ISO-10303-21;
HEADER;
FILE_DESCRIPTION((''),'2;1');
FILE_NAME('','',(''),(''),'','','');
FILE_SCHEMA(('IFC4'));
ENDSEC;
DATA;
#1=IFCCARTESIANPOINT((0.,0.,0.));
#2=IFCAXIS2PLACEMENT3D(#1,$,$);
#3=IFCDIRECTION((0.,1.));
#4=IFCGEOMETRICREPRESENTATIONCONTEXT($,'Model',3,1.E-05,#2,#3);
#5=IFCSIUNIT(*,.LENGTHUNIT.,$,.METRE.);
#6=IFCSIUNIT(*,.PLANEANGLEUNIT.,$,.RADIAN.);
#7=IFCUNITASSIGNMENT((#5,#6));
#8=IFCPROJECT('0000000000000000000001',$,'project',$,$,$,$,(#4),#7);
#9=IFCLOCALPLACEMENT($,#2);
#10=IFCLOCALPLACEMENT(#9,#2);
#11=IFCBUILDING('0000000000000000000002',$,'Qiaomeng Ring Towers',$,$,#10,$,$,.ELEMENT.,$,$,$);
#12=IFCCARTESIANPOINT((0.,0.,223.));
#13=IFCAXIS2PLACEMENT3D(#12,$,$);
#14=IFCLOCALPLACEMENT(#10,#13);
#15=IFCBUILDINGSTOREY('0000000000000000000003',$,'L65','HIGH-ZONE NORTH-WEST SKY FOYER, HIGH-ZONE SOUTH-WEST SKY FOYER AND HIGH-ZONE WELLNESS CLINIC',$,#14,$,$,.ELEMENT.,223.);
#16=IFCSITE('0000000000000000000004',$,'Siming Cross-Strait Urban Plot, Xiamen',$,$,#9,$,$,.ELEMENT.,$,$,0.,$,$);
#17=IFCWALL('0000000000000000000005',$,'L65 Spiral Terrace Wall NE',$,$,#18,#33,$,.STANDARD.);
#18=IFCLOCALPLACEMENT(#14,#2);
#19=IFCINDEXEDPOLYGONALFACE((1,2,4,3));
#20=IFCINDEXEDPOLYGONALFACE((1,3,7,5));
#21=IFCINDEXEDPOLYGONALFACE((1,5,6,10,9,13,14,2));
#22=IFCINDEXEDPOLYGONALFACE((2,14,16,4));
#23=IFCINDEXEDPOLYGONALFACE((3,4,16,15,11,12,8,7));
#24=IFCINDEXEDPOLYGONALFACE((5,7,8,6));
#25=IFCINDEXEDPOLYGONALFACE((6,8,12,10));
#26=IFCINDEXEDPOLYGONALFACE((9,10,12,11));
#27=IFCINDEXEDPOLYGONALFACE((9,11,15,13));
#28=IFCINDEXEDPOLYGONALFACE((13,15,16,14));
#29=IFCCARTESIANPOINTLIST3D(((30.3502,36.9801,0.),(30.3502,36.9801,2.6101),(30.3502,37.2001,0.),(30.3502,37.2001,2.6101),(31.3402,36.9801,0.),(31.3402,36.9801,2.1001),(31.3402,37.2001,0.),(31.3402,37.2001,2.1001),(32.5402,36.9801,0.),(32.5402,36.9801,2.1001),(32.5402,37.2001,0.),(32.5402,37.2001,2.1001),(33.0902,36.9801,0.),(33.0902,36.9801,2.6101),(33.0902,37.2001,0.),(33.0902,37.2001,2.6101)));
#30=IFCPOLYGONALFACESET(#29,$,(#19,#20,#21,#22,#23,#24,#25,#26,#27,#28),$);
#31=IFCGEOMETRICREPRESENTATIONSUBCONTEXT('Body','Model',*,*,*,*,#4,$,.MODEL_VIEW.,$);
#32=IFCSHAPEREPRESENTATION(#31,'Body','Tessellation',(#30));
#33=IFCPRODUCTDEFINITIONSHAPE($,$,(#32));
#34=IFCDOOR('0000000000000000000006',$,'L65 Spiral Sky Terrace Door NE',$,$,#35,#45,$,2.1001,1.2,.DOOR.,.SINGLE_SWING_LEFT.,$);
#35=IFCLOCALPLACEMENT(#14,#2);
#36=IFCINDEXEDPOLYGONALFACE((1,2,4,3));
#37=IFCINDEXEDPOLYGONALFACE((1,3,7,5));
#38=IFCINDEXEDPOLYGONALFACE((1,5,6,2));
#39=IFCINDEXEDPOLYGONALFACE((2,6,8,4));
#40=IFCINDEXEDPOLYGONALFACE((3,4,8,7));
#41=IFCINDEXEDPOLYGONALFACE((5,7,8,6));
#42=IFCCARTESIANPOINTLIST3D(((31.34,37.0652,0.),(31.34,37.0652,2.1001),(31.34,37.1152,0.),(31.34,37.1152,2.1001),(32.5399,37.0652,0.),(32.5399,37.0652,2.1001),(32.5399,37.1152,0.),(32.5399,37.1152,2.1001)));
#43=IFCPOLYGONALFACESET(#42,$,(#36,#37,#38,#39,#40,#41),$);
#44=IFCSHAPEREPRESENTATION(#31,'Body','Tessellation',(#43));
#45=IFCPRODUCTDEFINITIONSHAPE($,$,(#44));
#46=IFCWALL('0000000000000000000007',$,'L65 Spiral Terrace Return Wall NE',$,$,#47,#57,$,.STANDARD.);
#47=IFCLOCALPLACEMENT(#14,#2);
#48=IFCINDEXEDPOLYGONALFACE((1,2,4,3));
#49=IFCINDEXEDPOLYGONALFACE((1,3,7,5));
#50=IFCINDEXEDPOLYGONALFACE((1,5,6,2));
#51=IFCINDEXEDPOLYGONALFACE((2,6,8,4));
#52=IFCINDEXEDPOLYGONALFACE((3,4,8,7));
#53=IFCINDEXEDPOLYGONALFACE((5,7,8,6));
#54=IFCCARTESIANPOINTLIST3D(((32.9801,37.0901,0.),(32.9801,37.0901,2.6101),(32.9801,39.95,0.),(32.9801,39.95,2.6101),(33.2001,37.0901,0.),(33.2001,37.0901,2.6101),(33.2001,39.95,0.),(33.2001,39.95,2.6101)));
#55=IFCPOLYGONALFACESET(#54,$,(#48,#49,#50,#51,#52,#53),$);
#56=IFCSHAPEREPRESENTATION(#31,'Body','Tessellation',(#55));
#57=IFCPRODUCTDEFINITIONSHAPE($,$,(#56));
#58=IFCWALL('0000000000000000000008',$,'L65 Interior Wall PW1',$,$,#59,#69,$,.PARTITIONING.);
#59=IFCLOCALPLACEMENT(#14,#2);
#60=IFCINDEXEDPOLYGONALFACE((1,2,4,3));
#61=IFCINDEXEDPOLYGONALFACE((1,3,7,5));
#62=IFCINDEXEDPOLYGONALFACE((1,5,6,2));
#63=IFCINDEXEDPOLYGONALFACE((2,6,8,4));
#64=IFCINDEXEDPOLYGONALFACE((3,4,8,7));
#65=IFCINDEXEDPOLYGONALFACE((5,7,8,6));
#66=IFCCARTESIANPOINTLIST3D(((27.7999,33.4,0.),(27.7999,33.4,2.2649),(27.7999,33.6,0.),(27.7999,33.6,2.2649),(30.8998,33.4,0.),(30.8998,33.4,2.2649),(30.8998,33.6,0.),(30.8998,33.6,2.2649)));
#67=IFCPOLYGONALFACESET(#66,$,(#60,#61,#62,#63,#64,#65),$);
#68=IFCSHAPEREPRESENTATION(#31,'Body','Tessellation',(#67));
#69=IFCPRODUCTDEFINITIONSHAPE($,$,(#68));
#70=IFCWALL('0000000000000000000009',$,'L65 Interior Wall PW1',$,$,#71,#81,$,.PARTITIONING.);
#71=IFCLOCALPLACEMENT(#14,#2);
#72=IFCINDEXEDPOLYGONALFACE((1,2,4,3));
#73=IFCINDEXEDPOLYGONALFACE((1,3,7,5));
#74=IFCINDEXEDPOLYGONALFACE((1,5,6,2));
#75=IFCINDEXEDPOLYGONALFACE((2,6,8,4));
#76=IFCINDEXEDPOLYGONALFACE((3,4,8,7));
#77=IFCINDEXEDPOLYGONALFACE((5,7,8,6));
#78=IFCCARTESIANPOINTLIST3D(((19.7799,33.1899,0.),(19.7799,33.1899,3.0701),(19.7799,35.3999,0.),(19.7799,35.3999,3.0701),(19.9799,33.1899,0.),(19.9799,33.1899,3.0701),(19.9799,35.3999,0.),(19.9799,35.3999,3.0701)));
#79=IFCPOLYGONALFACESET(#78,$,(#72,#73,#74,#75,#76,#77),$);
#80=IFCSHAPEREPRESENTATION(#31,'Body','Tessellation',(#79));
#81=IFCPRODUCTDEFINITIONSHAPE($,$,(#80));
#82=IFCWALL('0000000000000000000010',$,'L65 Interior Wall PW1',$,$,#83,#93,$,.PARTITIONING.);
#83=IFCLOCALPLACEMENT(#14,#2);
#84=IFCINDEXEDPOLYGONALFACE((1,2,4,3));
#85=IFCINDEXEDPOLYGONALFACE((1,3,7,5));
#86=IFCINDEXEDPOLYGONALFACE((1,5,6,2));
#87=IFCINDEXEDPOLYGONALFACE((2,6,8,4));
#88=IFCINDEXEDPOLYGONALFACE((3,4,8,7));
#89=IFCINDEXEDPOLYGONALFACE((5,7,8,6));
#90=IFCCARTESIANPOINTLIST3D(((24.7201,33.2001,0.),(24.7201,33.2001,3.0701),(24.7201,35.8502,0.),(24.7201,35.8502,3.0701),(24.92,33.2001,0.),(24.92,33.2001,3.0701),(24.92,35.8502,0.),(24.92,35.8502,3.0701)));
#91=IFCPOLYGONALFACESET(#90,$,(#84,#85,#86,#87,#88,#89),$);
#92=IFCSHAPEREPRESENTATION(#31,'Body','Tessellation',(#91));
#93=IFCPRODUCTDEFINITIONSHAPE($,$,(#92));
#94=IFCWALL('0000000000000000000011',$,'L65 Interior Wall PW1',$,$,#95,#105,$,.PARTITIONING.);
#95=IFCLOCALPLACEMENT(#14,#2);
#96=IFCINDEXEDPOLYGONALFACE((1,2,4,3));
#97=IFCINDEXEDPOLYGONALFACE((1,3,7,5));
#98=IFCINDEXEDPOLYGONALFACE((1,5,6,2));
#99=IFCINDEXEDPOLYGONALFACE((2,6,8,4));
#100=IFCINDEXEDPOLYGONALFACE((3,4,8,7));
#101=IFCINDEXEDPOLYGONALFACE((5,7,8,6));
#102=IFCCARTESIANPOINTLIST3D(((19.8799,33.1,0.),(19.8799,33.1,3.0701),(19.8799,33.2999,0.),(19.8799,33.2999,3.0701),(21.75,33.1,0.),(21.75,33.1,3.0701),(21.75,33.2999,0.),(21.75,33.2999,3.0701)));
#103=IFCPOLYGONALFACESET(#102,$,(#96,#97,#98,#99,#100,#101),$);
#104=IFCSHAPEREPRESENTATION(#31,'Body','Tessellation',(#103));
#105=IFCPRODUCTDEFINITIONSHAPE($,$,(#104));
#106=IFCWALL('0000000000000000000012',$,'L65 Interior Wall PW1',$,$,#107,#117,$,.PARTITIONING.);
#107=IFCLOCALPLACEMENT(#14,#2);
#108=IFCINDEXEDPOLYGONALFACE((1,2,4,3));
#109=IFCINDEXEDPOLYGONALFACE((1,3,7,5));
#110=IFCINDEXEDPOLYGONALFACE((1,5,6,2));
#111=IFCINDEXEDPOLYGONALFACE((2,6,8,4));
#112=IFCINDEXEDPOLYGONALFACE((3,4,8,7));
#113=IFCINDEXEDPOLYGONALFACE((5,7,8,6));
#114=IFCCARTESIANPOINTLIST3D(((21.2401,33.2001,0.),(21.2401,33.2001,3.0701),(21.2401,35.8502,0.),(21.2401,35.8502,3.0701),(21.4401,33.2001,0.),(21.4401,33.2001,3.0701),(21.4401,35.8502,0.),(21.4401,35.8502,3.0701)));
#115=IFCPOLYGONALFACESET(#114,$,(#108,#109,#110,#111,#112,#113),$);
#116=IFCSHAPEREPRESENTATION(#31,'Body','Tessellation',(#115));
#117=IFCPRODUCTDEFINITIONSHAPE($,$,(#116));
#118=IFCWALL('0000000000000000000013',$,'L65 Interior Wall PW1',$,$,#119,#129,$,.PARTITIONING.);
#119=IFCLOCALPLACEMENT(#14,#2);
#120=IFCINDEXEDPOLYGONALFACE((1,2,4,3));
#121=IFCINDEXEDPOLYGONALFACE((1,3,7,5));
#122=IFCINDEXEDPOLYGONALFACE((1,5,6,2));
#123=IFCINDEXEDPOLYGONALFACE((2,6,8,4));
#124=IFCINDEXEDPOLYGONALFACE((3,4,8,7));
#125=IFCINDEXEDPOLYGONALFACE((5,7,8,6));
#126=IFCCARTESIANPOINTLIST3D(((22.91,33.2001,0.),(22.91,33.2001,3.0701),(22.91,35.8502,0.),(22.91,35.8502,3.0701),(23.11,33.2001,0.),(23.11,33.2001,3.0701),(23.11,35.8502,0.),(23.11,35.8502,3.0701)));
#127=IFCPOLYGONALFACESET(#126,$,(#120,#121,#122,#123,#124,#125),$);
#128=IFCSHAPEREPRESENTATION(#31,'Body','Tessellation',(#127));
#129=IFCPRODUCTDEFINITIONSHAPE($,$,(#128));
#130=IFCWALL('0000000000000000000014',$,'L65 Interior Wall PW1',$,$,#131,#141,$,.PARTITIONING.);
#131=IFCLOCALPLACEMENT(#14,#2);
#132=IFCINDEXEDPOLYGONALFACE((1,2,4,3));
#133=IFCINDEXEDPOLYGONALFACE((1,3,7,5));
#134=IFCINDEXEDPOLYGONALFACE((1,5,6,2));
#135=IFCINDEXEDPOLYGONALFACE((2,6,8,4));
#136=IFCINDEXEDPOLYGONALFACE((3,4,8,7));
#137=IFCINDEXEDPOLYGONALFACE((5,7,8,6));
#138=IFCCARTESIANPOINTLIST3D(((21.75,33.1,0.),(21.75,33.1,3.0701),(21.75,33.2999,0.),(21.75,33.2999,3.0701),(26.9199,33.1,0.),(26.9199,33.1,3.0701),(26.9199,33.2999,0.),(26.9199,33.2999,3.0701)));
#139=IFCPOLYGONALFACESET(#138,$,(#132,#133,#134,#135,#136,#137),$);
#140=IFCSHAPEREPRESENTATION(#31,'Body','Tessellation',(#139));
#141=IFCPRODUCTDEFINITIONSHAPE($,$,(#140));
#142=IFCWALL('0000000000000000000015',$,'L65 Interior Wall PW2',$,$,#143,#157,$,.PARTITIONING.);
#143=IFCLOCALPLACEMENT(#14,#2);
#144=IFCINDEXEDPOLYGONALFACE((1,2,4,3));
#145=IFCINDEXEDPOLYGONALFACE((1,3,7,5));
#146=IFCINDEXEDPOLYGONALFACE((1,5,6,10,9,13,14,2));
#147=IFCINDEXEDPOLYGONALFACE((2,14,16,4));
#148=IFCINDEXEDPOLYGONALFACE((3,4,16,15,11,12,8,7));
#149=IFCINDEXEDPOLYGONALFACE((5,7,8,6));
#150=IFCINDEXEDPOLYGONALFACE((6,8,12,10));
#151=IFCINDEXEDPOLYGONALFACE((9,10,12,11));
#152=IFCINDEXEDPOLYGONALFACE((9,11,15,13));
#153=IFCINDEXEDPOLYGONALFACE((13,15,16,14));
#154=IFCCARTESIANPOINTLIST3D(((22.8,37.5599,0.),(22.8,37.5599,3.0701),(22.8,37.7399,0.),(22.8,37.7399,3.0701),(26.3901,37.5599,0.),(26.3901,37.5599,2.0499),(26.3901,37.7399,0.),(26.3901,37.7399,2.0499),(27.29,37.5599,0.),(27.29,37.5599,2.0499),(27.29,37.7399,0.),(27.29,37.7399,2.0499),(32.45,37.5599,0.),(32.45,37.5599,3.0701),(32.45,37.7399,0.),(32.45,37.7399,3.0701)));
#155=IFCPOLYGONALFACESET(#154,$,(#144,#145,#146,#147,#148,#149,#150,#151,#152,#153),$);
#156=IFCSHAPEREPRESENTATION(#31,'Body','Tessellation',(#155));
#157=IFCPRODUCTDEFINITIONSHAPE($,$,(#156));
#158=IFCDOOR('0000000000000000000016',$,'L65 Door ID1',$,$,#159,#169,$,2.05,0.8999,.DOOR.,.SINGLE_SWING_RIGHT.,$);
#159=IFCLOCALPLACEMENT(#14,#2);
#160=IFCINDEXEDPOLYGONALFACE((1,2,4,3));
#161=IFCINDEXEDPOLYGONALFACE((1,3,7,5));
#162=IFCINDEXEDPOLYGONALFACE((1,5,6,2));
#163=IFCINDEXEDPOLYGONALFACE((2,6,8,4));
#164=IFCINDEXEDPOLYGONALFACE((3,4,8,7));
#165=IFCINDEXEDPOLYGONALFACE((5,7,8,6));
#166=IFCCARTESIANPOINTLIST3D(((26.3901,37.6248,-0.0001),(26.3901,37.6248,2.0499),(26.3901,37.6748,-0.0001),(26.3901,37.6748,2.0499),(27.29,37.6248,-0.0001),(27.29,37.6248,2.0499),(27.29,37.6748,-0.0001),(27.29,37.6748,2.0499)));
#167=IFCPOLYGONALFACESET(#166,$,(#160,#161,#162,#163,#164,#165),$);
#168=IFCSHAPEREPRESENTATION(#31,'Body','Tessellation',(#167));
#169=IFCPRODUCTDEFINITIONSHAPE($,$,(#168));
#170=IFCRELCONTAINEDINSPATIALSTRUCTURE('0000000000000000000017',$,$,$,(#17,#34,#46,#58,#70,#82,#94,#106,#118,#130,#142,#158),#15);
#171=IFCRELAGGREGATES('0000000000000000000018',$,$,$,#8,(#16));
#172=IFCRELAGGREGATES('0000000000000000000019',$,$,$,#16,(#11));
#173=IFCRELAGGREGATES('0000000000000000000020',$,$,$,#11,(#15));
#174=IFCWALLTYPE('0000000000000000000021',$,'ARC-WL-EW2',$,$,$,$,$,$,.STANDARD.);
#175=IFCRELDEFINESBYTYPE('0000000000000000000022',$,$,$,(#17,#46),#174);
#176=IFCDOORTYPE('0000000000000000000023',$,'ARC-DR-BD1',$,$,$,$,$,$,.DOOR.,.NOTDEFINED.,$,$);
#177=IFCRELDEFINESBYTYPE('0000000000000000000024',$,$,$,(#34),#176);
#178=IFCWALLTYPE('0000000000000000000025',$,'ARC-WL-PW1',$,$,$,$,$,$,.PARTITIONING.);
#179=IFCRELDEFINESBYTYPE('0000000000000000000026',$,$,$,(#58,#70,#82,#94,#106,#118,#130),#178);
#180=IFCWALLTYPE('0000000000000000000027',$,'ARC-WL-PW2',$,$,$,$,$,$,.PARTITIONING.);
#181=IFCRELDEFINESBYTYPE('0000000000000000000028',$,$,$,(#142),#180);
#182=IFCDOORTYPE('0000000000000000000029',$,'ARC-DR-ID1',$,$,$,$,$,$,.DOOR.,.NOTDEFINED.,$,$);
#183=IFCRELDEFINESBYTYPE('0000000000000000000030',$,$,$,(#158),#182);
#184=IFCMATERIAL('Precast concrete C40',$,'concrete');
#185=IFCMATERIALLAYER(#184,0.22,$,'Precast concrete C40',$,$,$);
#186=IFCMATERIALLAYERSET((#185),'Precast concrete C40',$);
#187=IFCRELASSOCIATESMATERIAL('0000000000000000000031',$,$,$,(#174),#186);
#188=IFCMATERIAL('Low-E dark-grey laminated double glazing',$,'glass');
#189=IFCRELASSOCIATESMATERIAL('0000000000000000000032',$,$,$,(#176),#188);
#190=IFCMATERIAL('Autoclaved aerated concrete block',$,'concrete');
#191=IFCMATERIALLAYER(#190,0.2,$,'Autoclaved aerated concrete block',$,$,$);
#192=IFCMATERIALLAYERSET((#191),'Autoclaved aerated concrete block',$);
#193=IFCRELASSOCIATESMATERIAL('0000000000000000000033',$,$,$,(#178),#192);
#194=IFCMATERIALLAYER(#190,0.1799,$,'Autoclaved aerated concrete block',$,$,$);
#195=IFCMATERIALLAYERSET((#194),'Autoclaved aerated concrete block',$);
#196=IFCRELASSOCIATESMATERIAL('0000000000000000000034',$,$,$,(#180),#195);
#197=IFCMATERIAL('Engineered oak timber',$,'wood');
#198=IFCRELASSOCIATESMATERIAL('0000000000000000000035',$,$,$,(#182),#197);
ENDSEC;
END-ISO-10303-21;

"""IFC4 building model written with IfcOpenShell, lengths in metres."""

from ifc_helpers import new_model, si_unit, direction, frame, frame_2d, origin, place, context, subcontext, project, spatial, rectangle, extrude, source, transform, mapped, material, layer, layer_set, type_object, element, fill, save


model = new_model("IFC4")

# Units and contexts
model_context = context("Model", 3, precision=1e-05, world=origin(), true_north=direction((0.0, 1.0)))
body_context = subcontext(model_context, "Body", "Model", "MODEL_VIEW")
ifc_project = project(units=[si_unit("LENGTHUNIT", "METRE"), si_unit("PLANEANGLEUNIT", "RADIAN")], contexts=[model_context])

# Site, building, storey
site_placement = place(None, origin())
site = spatial("IfcSite", under=ifc_project, at=site_placement, Name="Siming Cross-Strait Urban Plot, Xiamen", CompositionType="ELEMENT", RefElevation=0.0)
building_placement = place(site_placement, origin())
building = spatial("IfcBuilding", under=site, at=building_placement, Name="Qiaomeng Ring Towers", CompositionType="ELEMENT")
storey_placement = place(building_placement, frame((0.0, 0.0, 223.0)))
storey = spatial("IfcBuildingStorey", under=building, at=storey_placement, Name="L65", Description="HIGH-ZONE NORTH-WEST SKY FOYER, HIGH-ZONE SOUTH-WEST SKY FOYER AND HIGH-ZONE WELLNESS CLINIC", CompositionType="ELEMENT", Elevation=223.0)

# Wall, opening, door
ifc_material_1 = material(Name="Precast concrete C40", Category="concrete")
ifc_layer_1 = layer(ifc_material_1, 0.22, Name="Precast concrete C40")
ifc_layer_set_1 = layer_set([ifc_layer_1], Name="Precast concrete C40")
wall_type_1 = type_object("IfcWallType", Name="ARC-WL-EW2", PredefinedType="STANDARD", material=ifc_layer_set_1)
wall_1_placement = place(storey_placement, frame((30.3501, 37.0901, 0.0), z_axis=(0.0, 0.0, 1.0), x_axis=(1.0, 0.0, 0.0)))
wall_1 = element("IfcWall", 1, at=wall_1_placement, inside=storey, type_object=wall_type_1, Name="L65 Spiral Terrace Wall NE", PredefinedType="STANDARD", context=body_context, shape_type="SweptSolid", body=[
    extrude(rectangle(XDim=2.74, YDim=0.22, at=frame_2d((1.3701, 0.0))), origin(), (0.0, 0.0, 1.0), 2.6101),
])
opening_1_placement = place(wall_1_placement, frame((0.99, 0.0, 0.0)))
opening_1 = element("IfcOpeningElement", 2, at=opening_1_placement, cuts=wall_1, PredefinedType="OPENING", context=body_context, shape_type="SweptSolid", body=[
    extrude(rectangle(XDim=1.2, YDim=2.1001, at=frame_2d((0.6001, 1.05))), frame((0.0, 0.1199, 0.0), z_axis=(0.0, -1.0, 0.0), x_axis=(1.0, 0.0, 0.0)), (0.0, 0.0, 1.0), 0.24),
])
ifc_material_2 = material(Name="Low-E dark-grey laminated double glazing", Category="glass")
door_type_1 = type_object("IfcDoorType", Name="ARC-DR-BD1", OperationType="NOTDEFINED", PredefinedType="DOOR", material=ifc_material_2)
shared_shape_1 = source(origin(), body_context, "Body", "SweptSolid", [
    extrude(rectangle(XDim=1.2, YDim=2.1001, at=frame_2d((0.6001, 1.05))), frame((0.0, 0.0249, 0.0), z_axis=(0.0, -1.0, 0.0), x_axis=(1.0, 0.0, 0.0)), (0.0, 0.0, 1.0), 0.05),
])
door_1_placement = place(opening_1_placement, frame((1.2, 0.0, 0.0), z_axis=(0.0, 0.0, 1.0), x_axis=(-1.0, 0.0, 0.0)))
door_1 = element("IfcDoor", 3, at=door_1_placement, inside=storey, type_object=door_type_1, Name="L65 Spiral Sky Terrace Door NE", OperationType="SINGLE_SWING_LEFT", OverallHeight=2.1001, OverallWidth=1.2, PredefinedType="DOOR", context=body_context, shape_type="MappedRepresentation", body=[
    mapped(shared_shape_1, transform((0.0, 0.0, 0.0), x_axis=(1.0, 0.0, 0.0), y_axis=(0.0, 1.0, 0.0), z_axis=(0.0, 0.0, 1.0), scale=1.0)),
])
fill(opening_1, door_1)

# Walls
wall_2_placement = place(storey_placement, frame((33.0901, 37.0901, 0.0), z_axis=(0.0, 0.0, 1.0), x_axis=(0.0, 1.0, 0.0)))
element("IfcWall", 4, at=wall_2_placement, inside=storey, type_object=wall_type_1, Name="L65 Spiral Terrace Return Wall NE", PredefinedType="STANDARD", context=body_context, shape_type="SweptSolid", body=[
    extrude(rectangle(XDim=2.8599, YDim=0.22, at=frame_2d((1.4299, 0.0))), origin(), (0.0, 0.0, 1.0), 2.6101),
])
ifc_material_3 = material(Name="Autoclaved aerated concrete block", Category="concrete")
ifc_layer_2 = layer(ifc_material_3, 0.2, Name="Autoclaved aerated concrete block")
ifc_layer_set_2 = layer_set([ifc_layer_2], Name="Autoclaved aerated concrete block")
wall_type_2 = type_object("IfcWallType", Name="ARC-WL-PW1", PredefinedType="PARTITIONING", material=ifc_layer_set_2)
wall_3_placement = place(storey_placement, frame((27.8, 33.5, 0.0), z_axis=(0.0, 0.0, 1.0), x_axis=(1.0, 0.0, 0.0)))
element("IfcWall", 5, at=wall_3_placement, inside=storey, type_object=wall_type_2, Name="L65 Interior Wall PW1", PredefinedType="PARTITIONING", context=body_context, shape_type="SweptSolid", body=[
    extrude(rectangle(XDim=3.0999, YDim=0.2, at=frame_2d((1.5498, 0.0))), origin(), (0.0, 0.0, 1.0), 2.2649),
])
wall_4_placement = place(storey_placement, frame((19.8799, 33.1899, 0.0), z_axis=(0.0, 0.0, 1.0), x_axis=(0.0, 1.0, 0.0)))
element("IfcWall", 6, at=wall_4_placement, inside=storey, type_object=wall_type_2, Name="L65 Interior Wall PW1", PredefinedType="PARTITIONING", context=body_context, shape_type="SweptSolid", body=[
    extrude(rectangle(XDim=2.21, YDim=0.2, at=frame_2d((1.105, 0.0))), origin(), (0.0, 0.0, 1.0), 3.0701),
])
wall_5_placement = place(storey_placement, frame((24.8201, 33.2, 0.0), z_axis=(0.0, 0.0, 1.0), x_axis=(0.0, 1.0, 0.0)))
element("IfcWall", 7, at=wall_5_placement, inside=storey, type_object=wall_type_2, Name="L65 Interior Wall PW1", PredefinedType="PARTITIONING", context=body_context, shape_type="SweptSolid", body=[
    extrude(rectangle(XDim=2.6501, YDim=0.2, at=frame_2d((1.3252, 0.0))), origin(), (0.0, 0.0, 1.0), 3.0701),
])
wall_6_placement = place(storey_placement, frame((19.8799, 33.2, 0.0), z_axis=(0.0, 0.0, 1.0), x_axis=(1.0, 0.0, 0.0)))
element("IfcWall", 8, at=wall_6_placement, inside=storey, type_object=wall_type_2, Name="L65 Interior Wall PW1", PredefinedType="PARTITIONING", context=body_context, shape_type="SweptSolid", body=[
    extrude(rectangle(XDim=1.8701, YDim=0.2, at=frame_2d((0.9351, 0.0))), origin(), (0.0, 0.0, 1.0), 3.0701),
])
for number, where, z_axis, x_axis, name in (
    (9, (21.3401, 33.2, 0.0), (0.0, 0.0, 1.0), (0.0, 1.0, 0.0), "L65 Interior Wall PW1"),
    (10, (23.01, 33.2, 0.0), (0.0, 0.0, 1.0), (0.0, 1.0, 0.0), "L65 Interior Wall PW1"),
):
    element("IfcWall", number, at=place(storey_placement, frame(where, z_axis=z_axis, x_axis=x_axis)), inside=storey, type_object=wall_type_2, Name=name, PredefinedType="PARTITIONING", context=body_context, shape_type="SweptSolid", body=[
        extrude(rectangle(XDim=2.6501, YDim=0.2, at=frame_2d((1.3252, 0.0))), origin(), (0.0, 0.0, 1.0), 3.0701),
    ])
wall_7_placement = place(storey_placement, frame((21.75, 33.2, 0.0), z_axis=(0.0, 0.0, 1.0), x_axis=(1.0, 0.0, 0.0)))
element("IfcWall", 11, at=wall_7_placement, inside=storey, type_object=wall_type_2, Name="L65 Interior Wall PW1", PredefinedType="PARTITIONING", context=body_context, shape_type="SweptSolid", body=[
    extrude(rectangle(XDim=5.1699, YDim=0.2, at=frame_2d((2.585, 0.0))), origin(), (0.0, 0.0, 1.0), 3.0701),
])

# Wall, opening, door
ifc_layer_3 = layer(ifc_material_3, 0.1799, Name="Autoclaved aerated concrete block")
ifc_layer_set_3 = layer_set([ifc_layer_3], Name="Autoclaved aerated concrete block")
wall_type_3 = type_object("IfcWallType", Name="ARC-WL-PW2", PredefinedType="PARTITIONING", material=ifc_layer_set_3)
wall_8_placement = place(storey_placement, frame((22.8, 37.6499, 0.0), z_axis=(0.0, 0.0, 1.0), x_axis=(1.0, 0.0, 0.0)))
wall_8 = element("IfcWall", 12, at=wall_8_placement, inside=storey, type_object=wall_type_3, Name="L65 Interior Wall PW2", PredefinedType="PARTITIONING", context=body_context, shape_type="SweptSolid", body=[
    extrude(rectangle(XDim=9.6499, YDim=0.1799, at=frame_2d((4.825, 0.0))), origin(), (0.0, 0.0, 1.0), 3.0701),
])
opening_2_placement = place(wall_8_placement, frame((3.5901, 0.0, 0.0)))
opening_2 = element("IfcOpeningElement", 13, at=opening_2_placement, cuts=wall_8, PredefinedType="OPENING", context=body_context, shape_type="SweptSolid", body=[
    extrude(rectangle(XDim=0.8999, YDim=2.05, at=frame_2d((0.45, 1.0249))), frame((0.0, 0.0999, 0.0), z_axis=(0.0, -1.0, 0.0), x_axis=(1.0, 0.0, 0.0)), (0.0, 0.0, 1.0), 0.2),
])
ifc_material_4 = material(Name="Engineered oak timber", Category="wood")
door_type_2 = type_object("IfcDoorType", Name="ARC-DR-ID1", OperationType="NOTDEFINED", PredefinedType="DOOR", material=ifc_material_4)
shared_shape_2 = source(origin(), body_context, "Body", "SweptSolid", [
    extrude(rectangle(XDim=0.8999, YDim=2.05, at=frame_2d((0.45, 1.0249))), frame((0.0, 0.0249, 0.0), z_axis=(0.0, -1.0, 0.0), x_axis=(1.0, 0.0, 0.0)), (0.0, 0.0, 1.0), 0.05),
])
door_2_placement = place(opening_2_placement, origin())
door_2 = element("IfcDoor", 14, at=door_2_placement, inside=storey, type_object=door_type_2, Name="L65 Door ID1", OperationType="SINGLE_SWING_RIGHT", OverallHeight=2.05, OverallWidth=0.8999, PredefinedType="DOOR", context=body_context, shape_type="MappedRepresentation", body=[
    mapped(shared_shape_2, transform((0.0, 0.0, 0.0), x_axis=(1.0, 0.0, 0.0), y_axis=(0.0, 1.0, 0.0), z_axis=(0.0, 0.0, 1.0), scale=1.0)),
])
fill(opening_2, door_2)

save(model, "model.ifc")
